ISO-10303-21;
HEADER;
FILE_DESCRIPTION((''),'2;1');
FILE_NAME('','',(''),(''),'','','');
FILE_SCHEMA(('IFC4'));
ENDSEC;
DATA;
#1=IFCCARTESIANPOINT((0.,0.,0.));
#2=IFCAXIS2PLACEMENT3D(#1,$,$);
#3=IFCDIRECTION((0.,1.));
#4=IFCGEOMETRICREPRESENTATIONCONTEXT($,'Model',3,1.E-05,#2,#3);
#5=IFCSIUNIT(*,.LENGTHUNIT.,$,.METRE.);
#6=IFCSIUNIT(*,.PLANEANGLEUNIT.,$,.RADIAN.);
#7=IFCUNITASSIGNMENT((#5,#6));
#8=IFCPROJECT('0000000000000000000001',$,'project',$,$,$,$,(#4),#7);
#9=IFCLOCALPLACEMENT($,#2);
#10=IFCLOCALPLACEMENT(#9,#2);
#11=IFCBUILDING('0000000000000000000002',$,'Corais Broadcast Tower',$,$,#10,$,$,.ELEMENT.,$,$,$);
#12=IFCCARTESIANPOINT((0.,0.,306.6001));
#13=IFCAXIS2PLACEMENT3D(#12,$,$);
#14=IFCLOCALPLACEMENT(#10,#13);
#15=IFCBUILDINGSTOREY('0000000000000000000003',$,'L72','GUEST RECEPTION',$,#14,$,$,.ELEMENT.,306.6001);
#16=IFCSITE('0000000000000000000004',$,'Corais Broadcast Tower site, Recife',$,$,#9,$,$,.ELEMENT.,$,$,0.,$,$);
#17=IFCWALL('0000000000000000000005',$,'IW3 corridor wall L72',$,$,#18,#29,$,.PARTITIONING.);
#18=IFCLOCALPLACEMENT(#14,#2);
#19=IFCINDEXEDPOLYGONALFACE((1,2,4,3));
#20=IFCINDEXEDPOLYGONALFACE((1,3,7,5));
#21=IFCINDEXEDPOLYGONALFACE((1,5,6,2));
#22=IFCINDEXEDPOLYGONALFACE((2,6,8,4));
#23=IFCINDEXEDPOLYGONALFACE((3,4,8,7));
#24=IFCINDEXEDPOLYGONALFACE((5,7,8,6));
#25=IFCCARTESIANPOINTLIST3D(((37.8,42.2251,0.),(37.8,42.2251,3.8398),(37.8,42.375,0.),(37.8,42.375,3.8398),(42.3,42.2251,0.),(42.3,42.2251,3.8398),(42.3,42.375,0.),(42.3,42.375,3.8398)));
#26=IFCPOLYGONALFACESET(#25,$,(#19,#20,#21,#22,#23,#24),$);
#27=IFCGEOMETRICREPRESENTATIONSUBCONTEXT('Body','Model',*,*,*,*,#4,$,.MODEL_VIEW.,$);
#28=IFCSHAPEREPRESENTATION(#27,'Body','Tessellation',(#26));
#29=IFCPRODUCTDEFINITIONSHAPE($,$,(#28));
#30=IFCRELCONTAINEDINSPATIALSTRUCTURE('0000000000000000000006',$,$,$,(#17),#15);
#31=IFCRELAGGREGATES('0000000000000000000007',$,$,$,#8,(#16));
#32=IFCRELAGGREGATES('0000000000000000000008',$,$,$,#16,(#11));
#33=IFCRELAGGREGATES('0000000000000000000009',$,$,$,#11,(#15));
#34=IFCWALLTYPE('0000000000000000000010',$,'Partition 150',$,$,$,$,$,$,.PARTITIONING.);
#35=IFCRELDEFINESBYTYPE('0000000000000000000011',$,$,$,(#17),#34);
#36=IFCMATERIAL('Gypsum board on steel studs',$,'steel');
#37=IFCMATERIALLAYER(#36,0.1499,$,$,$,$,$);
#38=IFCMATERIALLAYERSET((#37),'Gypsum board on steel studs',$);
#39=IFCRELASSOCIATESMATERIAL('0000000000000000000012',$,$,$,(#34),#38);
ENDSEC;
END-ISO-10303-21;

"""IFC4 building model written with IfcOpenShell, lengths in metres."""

from ifc_helpers import new_model, si_unit, direction, frame, frame_2d, origin, place, context, subcontext, project, spatial, rectangle, extrude, material, layer, layer_set, type_object, element, save


model = new_model("IFC4")

# Units and contexts
model_context = context("Model", 3, precision=1e-05, world=origin(), true_north=direction((0.0, 1.0)))
body_context = subcontext(model_context, "Body", "Model", "MODEL_VIEW")
ifc_project = project(units=[si_unit("LENGTHUNIT", "METRE"), si_unit("PLANEANGLEUNIT", "RADIAN")], contexts=[model_context])

# Site, building, storey
site_placement = place(None, origin())
site = spatial("IfcSite", under=ifc_project, at=site_placement, Name="Corais Broadcast Tower site, Recife", CompositionType="ELEMENT", RefElevation=0.0)
building_placement = place(site_placement, origin())
building = spatial("IfcBuilding", under=site, at=building_placement, Name="Corais Broadcast Tower", CompositionType="ELEMENT")
storey_placement = place(building_placement, frame((0.0, 0.0, 306.6001)))
storey = spatial("IfcBuildingStorey", under=building, at=storey_placement, Name="L72", Description="GUEST RECEPTION", CompositionType="ELEMENT", Elevation=306.6001)

# Wall
ifc_material_1 = material(Name="Gypsum board on steel studs", Category="steel")
ifc_layer_1 = layer(ifc_material_1, 0.1499)
ifc_layer_set_1 = layer_set([ifc_layer_1], Name="Gypsum board on steel studs")
wall_type = type_object("IfcWallType", Name="Partition 150", PredefinedType="PARTITIONING", material=ifc_layer_set_1)
wall_placement = place(storey_placement, frame((42.3, 42.3, 0.0), z_axis=(0.0, 0.0, 1.0), x_axis=(-1.0, 0.0, 0.0)))
element("IfcWall", 1, at=wall_placement, inside=storey, type_object=wall_type, Name="IW3 corridor wall L72", PredefinedType="PARTITIONING", context=body_context, shape_type="SweptSolid", body=[
    extrude(rectangle(XDim=4.5, YDim=0.1499, at=frame_2d((2.25, 0.0))), origin(), (0.0, 0.0, 1.0), 3.8398),
])

save(model, "model.ifc")
